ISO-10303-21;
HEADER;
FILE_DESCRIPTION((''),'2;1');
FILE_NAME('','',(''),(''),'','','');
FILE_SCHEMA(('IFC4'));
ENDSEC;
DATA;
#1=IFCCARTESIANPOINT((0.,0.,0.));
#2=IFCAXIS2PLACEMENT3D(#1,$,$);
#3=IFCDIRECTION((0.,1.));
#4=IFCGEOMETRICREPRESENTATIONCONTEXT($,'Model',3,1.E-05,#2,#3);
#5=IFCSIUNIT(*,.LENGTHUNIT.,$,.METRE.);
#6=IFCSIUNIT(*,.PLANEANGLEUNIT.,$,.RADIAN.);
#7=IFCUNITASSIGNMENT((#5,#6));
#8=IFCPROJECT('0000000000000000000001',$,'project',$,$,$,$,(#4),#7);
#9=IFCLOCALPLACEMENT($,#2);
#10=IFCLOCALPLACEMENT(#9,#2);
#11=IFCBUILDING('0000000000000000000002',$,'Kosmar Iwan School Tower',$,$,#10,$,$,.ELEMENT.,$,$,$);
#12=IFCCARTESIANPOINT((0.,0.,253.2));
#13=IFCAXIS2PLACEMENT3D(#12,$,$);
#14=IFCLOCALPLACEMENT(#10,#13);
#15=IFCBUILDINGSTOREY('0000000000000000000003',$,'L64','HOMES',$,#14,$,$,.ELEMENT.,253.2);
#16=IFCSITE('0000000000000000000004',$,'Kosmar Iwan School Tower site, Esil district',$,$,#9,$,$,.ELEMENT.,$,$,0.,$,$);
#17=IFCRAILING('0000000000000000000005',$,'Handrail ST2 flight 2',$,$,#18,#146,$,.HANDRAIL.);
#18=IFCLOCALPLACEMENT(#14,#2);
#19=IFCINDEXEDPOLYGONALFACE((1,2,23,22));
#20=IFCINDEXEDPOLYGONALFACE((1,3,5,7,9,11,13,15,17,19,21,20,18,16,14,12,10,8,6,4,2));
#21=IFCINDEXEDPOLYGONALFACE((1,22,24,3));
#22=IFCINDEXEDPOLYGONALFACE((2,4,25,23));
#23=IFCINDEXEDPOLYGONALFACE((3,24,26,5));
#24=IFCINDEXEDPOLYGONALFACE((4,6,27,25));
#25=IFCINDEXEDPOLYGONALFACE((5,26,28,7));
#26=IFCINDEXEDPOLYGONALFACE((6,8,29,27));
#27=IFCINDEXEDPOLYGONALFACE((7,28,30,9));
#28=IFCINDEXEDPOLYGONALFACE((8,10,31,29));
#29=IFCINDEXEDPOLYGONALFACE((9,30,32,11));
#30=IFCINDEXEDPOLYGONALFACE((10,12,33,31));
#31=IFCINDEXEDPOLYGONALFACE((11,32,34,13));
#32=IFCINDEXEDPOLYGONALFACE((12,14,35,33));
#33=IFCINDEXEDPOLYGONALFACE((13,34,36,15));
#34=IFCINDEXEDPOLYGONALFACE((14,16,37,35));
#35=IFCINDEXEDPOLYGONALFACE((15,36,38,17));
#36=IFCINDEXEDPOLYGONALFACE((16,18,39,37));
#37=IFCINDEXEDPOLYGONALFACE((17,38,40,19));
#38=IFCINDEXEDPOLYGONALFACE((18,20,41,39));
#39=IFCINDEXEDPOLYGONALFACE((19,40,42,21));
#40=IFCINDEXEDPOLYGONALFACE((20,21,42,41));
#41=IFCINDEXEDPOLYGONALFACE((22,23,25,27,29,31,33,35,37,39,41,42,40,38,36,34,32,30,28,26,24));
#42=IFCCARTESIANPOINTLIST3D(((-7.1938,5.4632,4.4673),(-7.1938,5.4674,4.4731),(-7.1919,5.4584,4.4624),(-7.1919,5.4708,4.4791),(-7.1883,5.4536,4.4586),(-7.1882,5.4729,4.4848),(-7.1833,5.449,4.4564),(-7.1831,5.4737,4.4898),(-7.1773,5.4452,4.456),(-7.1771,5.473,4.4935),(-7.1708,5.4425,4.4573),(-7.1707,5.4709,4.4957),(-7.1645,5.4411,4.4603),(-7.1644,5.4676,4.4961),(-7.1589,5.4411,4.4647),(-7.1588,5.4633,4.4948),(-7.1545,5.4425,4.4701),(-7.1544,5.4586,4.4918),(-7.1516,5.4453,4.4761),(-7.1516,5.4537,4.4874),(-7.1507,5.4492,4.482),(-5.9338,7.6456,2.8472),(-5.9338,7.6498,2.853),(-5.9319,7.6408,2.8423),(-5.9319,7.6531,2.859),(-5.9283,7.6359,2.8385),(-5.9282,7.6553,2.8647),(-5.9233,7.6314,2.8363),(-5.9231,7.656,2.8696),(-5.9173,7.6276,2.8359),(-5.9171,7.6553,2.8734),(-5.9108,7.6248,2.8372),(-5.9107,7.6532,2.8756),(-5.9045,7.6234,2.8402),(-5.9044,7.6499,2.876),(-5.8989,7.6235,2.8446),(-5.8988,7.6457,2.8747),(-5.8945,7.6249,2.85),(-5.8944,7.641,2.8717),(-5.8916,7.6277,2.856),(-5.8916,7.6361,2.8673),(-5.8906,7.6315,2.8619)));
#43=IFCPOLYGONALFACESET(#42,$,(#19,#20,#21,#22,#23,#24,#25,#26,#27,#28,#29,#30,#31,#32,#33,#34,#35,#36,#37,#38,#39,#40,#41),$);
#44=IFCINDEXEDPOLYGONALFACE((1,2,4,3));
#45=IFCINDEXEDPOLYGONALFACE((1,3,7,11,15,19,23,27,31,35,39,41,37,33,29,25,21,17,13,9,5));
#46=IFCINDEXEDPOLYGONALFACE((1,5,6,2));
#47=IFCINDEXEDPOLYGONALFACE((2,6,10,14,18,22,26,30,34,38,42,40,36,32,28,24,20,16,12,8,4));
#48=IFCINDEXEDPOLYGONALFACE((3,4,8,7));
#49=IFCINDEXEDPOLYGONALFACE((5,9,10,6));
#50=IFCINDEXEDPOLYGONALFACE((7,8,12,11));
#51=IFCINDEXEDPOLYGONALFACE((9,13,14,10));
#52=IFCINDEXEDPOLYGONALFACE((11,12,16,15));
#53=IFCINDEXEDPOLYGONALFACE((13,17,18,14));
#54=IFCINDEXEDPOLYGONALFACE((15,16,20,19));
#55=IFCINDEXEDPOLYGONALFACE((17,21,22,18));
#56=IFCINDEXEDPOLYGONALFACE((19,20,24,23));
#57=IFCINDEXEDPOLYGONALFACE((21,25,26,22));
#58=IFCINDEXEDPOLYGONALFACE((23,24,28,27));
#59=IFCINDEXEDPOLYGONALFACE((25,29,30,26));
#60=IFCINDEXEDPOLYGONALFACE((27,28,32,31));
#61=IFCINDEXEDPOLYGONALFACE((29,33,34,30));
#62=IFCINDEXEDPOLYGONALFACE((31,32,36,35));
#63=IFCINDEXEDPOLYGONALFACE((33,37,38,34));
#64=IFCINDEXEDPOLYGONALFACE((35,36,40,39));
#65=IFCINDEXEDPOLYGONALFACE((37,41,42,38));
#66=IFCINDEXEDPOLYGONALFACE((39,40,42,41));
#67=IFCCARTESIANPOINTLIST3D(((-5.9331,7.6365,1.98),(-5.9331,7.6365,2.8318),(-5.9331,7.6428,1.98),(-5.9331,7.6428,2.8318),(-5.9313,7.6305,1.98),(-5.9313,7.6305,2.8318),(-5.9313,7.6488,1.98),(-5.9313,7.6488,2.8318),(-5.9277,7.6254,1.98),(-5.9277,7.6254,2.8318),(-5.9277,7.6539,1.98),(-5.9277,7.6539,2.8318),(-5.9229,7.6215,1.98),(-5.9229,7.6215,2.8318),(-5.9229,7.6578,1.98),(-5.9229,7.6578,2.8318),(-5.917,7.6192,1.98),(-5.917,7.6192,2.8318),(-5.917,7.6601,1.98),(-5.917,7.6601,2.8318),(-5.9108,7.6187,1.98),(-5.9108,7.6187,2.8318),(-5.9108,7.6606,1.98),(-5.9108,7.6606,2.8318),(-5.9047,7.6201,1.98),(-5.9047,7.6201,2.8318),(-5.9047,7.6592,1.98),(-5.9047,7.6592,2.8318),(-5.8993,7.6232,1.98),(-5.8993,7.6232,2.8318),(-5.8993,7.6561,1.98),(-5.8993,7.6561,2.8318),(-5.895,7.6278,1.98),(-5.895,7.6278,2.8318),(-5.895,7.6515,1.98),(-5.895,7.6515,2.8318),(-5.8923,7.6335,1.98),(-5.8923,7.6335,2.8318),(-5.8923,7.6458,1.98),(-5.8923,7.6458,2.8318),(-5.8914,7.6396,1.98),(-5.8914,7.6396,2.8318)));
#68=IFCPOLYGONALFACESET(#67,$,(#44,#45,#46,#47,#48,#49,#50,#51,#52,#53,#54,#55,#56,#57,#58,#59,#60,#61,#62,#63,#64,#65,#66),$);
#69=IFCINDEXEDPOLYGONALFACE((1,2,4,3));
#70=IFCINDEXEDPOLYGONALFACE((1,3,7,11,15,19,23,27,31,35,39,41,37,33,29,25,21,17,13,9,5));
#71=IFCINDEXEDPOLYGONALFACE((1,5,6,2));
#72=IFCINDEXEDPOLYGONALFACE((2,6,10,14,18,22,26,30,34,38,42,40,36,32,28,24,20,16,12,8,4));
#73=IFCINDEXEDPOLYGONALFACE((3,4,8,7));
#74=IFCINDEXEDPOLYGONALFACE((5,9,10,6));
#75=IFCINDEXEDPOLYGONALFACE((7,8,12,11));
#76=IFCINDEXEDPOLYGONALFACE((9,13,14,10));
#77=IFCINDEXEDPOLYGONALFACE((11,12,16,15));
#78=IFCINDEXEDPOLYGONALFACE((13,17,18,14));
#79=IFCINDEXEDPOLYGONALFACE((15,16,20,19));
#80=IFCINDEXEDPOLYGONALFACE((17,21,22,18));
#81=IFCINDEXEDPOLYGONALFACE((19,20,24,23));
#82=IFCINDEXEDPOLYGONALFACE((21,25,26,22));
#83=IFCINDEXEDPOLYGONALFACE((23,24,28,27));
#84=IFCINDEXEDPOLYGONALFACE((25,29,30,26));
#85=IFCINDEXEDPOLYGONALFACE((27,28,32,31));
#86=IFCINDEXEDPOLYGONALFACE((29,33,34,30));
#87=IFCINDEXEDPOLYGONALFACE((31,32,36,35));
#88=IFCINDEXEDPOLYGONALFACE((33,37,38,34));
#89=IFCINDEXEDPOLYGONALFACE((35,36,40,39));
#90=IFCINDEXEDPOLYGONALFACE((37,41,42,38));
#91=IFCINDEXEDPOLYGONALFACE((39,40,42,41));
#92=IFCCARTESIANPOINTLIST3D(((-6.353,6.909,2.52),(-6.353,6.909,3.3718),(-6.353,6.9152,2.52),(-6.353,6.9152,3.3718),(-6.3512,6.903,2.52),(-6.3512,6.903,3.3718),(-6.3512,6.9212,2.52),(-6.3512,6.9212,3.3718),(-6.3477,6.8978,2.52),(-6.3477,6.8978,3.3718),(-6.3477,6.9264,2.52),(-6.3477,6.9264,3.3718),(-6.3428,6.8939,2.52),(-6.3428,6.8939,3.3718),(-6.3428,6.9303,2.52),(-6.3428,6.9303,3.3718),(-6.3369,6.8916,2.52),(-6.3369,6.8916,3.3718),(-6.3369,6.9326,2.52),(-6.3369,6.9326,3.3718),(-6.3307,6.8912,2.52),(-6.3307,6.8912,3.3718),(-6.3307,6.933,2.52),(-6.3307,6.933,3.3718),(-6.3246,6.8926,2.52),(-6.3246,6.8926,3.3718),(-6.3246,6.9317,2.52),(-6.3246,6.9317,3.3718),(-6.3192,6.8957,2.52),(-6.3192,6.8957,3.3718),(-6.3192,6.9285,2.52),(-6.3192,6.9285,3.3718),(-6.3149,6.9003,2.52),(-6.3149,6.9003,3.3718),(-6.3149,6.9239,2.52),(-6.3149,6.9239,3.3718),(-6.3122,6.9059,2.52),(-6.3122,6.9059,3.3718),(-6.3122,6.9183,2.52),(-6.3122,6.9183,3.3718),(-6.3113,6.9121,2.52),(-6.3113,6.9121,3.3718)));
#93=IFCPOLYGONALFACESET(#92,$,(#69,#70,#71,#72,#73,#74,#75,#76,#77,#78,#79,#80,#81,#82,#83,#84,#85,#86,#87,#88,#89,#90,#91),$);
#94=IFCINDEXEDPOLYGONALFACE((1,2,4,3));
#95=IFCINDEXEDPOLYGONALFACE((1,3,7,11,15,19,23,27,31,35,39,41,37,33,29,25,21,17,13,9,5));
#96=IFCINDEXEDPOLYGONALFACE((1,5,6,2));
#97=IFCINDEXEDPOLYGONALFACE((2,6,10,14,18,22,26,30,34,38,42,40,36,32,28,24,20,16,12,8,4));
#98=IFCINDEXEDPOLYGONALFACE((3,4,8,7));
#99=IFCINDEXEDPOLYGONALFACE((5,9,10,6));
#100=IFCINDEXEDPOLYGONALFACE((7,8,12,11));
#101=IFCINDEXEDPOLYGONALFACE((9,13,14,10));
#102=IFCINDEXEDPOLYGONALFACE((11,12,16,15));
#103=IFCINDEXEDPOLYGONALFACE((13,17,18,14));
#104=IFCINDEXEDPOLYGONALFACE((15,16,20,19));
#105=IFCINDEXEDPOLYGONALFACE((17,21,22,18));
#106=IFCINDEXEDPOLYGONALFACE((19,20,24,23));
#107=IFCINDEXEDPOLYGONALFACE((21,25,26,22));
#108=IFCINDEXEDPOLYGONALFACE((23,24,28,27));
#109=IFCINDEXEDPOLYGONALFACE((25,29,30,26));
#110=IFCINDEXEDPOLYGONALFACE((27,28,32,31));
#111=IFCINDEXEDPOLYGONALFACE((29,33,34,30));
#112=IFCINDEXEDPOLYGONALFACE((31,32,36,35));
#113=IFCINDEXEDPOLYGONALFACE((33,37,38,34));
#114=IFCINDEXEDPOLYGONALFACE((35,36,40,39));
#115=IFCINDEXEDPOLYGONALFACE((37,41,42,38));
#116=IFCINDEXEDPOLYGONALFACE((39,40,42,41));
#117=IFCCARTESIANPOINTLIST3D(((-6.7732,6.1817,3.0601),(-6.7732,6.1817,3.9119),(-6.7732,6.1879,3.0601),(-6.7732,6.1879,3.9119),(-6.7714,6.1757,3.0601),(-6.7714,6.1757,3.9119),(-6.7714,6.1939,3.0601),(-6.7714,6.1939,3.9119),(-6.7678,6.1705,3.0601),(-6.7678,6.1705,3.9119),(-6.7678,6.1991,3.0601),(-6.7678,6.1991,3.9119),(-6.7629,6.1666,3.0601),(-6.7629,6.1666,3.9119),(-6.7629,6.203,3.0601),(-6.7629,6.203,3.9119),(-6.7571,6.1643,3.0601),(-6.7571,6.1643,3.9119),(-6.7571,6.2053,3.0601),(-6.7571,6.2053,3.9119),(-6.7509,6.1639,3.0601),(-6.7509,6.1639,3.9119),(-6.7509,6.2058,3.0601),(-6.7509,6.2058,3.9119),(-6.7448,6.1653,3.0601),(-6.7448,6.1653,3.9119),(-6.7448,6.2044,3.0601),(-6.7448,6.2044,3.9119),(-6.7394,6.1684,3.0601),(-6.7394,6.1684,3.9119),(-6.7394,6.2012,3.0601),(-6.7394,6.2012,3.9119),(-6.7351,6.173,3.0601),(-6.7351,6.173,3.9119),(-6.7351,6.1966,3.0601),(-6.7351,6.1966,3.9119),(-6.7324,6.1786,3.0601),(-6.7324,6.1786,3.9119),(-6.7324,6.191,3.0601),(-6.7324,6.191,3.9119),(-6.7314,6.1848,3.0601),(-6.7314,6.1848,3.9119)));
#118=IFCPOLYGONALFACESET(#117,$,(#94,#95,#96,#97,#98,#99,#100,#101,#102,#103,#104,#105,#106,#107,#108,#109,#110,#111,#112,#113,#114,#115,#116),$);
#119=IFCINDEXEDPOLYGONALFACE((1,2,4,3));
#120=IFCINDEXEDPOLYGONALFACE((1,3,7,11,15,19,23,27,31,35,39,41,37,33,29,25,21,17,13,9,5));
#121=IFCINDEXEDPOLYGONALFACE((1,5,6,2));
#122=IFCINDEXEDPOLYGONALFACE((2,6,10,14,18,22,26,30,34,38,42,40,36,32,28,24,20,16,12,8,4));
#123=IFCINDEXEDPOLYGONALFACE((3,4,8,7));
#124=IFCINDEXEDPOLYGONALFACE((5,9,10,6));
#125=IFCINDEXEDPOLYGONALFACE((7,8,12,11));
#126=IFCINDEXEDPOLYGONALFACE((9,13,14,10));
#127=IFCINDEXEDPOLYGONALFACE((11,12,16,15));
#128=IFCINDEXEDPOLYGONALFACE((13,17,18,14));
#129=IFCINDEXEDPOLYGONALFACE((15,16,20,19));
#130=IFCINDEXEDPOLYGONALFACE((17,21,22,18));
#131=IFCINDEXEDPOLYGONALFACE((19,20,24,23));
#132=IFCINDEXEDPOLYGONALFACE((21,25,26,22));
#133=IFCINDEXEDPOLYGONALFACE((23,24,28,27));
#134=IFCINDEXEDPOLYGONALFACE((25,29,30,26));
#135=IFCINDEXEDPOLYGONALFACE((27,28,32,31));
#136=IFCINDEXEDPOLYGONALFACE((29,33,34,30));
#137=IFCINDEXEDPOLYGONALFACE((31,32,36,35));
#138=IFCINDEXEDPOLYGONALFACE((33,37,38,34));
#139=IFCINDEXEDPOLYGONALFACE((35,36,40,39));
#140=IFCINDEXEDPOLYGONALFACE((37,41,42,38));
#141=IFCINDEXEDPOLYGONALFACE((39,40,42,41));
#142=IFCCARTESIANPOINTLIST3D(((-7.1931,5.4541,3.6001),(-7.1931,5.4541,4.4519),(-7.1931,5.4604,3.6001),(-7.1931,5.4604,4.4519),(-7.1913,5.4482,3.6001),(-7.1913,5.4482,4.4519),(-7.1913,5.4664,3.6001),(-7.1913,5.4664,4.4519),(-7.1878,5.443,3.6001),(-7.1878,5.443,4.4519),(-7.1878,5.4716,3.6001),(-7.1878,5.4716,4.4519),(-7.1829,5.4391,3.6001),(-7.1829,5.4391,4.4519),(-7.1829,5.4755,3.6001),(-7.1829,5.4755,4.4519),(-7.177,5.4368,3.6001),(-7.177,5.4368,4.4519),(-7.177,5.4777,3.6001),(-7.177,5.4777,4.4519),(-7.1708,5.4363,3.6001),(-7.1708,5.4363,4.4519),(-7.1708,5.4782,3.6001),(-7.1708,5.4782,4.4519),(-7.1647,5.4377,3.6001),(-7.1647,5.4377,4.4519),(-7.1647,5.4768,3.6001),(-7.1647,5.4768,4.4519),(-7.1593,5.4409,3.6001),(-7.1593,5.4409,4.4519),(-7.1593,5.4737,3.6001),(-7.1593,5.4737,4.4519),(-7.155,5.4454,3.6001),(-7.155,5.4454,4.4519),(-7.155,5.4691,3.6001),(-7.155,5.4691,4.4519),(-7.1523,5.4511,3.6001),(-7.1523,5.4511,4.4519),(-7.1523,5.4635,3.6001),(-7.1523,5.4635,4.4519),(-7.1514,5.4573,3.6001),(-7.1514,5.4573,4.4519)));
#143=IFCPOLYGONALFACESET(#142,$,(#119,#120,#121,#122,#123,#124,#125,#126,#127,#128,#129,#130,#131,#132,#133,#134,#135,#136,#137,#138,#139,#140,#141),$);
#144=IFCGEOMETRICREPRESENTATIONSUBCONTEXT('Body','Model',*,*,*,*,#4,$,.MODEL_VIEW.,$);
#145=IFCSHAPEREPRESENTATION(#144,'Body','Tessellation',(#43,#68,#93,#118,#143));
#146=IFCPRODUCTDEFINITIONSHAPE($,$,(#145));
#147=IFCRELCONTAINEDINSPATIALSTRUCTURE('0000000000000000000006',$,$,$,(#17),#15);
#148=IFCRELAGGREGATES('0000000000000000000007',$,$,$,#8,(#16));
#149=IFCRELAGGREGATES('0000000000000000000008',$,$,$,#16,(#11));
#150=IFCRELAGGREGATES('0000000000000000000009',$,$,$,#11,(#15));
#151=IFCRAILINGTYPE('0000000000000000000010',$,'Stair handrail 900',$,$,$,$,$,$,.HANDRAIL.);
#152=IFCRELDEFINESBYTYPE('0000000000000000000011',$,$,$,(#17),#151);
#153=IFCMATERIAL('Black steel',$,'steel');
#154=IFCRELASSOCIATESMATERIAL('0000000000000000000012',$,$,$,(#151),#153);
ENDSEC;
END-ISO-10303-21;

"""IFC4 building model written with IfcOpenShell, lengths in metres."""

from ifc_helpers import new_model, si_unit, direction, frame, origin, origin_2d, place, context, subcontext, project, spatial, circle, extrude, material, type_object, element, save


model = new_model("IFC4")

# Units and contexts
model_context = context("Model", 3, precision=1e-05, world=origin(), true_north=direction((0.0, 1.0)))
body_context = subcontext(model_context, "Body", "Model", "MODEL_VIEW")
ifc_project = project(units=[si_unit("LENGTHUNIT", "METRE"), si_unit("PLANEANGLEUNIT", "RADIAN")], contexts=[model_context])

# Site, building, storey
site_placement = place(None, origin())
site = spatial("IfcSite", under=ifc_project, at=site_placement, Name="Kosmar Iwan School Tower site, Esil district", CompositionType="ELEMENT", RefElevation=0.0)
building_placement = place(site_placement, origin())
building = spatial("IfcBuilding", under=site, at=building_placement, Name="Kosmar Iwan School Tower", CompositionType="ELEMENT")
storey_placement = place(building_placement, frame((0.0, 0.0, 253.2)))
storey = spatial("IfcBuildingStorey", under=building, at=storey_placement, Name="L64", Description="HOMES", CompositionType="ELEMENT", Elevation=253.2)

# Railing
ifc_material_1 = material(Name="Black steel", Category="steel")
railing_type = type_object("IfcRailingType", Name="Stair handrail 900", PredefinedType="HANDRAIL", material=ifc_material_1)
railing_1_placement = place(storey_placement, frame((-5.9124, 7.6396, 1.98)))
element("IfcRailing", 1, at=railing_1_placement, inside=storey, type_object=railing_type, Name="Handrail ST2 flight 2", PredefinedType="HANDRAIL", context=body_context, shape_type="SweptSolid", body=[
    extrude(circle(Radius=0.0239, at=origin_2d()), frame((0.0, 0.0, 0.876), z_axis=(-0.420584, -0.728464, 0.540786), x_axis=(0.866023, -0.500005, 0.0)), (0.0, 0.0, 1.0), 2.9958),
    extrude(circle(Radius=0.021, at=origin_2d()), origin(), (0.0, 0.0, 1.0), 0.8518),
    extrude(circle(Radius=0.021, at=origin_2d()), frame((-0.4199, -0.7275, 0.54)), (0.0, 0.0, 1.0), 0.8518),
    extrude(circle(Radius=0.021, at=origin_2d()), frame((-0.8401, -1.4548, 1.0801)), (0.0, 0.0, 1.0), 0.8518),
    extrude(circle(Radius=0.021, at=origin_2d()), frame((-1.26, -2.1824, 1.6201)), (0.0, 0.0, 1.0), 0.8518),
])

save(model, "model.ifc")
